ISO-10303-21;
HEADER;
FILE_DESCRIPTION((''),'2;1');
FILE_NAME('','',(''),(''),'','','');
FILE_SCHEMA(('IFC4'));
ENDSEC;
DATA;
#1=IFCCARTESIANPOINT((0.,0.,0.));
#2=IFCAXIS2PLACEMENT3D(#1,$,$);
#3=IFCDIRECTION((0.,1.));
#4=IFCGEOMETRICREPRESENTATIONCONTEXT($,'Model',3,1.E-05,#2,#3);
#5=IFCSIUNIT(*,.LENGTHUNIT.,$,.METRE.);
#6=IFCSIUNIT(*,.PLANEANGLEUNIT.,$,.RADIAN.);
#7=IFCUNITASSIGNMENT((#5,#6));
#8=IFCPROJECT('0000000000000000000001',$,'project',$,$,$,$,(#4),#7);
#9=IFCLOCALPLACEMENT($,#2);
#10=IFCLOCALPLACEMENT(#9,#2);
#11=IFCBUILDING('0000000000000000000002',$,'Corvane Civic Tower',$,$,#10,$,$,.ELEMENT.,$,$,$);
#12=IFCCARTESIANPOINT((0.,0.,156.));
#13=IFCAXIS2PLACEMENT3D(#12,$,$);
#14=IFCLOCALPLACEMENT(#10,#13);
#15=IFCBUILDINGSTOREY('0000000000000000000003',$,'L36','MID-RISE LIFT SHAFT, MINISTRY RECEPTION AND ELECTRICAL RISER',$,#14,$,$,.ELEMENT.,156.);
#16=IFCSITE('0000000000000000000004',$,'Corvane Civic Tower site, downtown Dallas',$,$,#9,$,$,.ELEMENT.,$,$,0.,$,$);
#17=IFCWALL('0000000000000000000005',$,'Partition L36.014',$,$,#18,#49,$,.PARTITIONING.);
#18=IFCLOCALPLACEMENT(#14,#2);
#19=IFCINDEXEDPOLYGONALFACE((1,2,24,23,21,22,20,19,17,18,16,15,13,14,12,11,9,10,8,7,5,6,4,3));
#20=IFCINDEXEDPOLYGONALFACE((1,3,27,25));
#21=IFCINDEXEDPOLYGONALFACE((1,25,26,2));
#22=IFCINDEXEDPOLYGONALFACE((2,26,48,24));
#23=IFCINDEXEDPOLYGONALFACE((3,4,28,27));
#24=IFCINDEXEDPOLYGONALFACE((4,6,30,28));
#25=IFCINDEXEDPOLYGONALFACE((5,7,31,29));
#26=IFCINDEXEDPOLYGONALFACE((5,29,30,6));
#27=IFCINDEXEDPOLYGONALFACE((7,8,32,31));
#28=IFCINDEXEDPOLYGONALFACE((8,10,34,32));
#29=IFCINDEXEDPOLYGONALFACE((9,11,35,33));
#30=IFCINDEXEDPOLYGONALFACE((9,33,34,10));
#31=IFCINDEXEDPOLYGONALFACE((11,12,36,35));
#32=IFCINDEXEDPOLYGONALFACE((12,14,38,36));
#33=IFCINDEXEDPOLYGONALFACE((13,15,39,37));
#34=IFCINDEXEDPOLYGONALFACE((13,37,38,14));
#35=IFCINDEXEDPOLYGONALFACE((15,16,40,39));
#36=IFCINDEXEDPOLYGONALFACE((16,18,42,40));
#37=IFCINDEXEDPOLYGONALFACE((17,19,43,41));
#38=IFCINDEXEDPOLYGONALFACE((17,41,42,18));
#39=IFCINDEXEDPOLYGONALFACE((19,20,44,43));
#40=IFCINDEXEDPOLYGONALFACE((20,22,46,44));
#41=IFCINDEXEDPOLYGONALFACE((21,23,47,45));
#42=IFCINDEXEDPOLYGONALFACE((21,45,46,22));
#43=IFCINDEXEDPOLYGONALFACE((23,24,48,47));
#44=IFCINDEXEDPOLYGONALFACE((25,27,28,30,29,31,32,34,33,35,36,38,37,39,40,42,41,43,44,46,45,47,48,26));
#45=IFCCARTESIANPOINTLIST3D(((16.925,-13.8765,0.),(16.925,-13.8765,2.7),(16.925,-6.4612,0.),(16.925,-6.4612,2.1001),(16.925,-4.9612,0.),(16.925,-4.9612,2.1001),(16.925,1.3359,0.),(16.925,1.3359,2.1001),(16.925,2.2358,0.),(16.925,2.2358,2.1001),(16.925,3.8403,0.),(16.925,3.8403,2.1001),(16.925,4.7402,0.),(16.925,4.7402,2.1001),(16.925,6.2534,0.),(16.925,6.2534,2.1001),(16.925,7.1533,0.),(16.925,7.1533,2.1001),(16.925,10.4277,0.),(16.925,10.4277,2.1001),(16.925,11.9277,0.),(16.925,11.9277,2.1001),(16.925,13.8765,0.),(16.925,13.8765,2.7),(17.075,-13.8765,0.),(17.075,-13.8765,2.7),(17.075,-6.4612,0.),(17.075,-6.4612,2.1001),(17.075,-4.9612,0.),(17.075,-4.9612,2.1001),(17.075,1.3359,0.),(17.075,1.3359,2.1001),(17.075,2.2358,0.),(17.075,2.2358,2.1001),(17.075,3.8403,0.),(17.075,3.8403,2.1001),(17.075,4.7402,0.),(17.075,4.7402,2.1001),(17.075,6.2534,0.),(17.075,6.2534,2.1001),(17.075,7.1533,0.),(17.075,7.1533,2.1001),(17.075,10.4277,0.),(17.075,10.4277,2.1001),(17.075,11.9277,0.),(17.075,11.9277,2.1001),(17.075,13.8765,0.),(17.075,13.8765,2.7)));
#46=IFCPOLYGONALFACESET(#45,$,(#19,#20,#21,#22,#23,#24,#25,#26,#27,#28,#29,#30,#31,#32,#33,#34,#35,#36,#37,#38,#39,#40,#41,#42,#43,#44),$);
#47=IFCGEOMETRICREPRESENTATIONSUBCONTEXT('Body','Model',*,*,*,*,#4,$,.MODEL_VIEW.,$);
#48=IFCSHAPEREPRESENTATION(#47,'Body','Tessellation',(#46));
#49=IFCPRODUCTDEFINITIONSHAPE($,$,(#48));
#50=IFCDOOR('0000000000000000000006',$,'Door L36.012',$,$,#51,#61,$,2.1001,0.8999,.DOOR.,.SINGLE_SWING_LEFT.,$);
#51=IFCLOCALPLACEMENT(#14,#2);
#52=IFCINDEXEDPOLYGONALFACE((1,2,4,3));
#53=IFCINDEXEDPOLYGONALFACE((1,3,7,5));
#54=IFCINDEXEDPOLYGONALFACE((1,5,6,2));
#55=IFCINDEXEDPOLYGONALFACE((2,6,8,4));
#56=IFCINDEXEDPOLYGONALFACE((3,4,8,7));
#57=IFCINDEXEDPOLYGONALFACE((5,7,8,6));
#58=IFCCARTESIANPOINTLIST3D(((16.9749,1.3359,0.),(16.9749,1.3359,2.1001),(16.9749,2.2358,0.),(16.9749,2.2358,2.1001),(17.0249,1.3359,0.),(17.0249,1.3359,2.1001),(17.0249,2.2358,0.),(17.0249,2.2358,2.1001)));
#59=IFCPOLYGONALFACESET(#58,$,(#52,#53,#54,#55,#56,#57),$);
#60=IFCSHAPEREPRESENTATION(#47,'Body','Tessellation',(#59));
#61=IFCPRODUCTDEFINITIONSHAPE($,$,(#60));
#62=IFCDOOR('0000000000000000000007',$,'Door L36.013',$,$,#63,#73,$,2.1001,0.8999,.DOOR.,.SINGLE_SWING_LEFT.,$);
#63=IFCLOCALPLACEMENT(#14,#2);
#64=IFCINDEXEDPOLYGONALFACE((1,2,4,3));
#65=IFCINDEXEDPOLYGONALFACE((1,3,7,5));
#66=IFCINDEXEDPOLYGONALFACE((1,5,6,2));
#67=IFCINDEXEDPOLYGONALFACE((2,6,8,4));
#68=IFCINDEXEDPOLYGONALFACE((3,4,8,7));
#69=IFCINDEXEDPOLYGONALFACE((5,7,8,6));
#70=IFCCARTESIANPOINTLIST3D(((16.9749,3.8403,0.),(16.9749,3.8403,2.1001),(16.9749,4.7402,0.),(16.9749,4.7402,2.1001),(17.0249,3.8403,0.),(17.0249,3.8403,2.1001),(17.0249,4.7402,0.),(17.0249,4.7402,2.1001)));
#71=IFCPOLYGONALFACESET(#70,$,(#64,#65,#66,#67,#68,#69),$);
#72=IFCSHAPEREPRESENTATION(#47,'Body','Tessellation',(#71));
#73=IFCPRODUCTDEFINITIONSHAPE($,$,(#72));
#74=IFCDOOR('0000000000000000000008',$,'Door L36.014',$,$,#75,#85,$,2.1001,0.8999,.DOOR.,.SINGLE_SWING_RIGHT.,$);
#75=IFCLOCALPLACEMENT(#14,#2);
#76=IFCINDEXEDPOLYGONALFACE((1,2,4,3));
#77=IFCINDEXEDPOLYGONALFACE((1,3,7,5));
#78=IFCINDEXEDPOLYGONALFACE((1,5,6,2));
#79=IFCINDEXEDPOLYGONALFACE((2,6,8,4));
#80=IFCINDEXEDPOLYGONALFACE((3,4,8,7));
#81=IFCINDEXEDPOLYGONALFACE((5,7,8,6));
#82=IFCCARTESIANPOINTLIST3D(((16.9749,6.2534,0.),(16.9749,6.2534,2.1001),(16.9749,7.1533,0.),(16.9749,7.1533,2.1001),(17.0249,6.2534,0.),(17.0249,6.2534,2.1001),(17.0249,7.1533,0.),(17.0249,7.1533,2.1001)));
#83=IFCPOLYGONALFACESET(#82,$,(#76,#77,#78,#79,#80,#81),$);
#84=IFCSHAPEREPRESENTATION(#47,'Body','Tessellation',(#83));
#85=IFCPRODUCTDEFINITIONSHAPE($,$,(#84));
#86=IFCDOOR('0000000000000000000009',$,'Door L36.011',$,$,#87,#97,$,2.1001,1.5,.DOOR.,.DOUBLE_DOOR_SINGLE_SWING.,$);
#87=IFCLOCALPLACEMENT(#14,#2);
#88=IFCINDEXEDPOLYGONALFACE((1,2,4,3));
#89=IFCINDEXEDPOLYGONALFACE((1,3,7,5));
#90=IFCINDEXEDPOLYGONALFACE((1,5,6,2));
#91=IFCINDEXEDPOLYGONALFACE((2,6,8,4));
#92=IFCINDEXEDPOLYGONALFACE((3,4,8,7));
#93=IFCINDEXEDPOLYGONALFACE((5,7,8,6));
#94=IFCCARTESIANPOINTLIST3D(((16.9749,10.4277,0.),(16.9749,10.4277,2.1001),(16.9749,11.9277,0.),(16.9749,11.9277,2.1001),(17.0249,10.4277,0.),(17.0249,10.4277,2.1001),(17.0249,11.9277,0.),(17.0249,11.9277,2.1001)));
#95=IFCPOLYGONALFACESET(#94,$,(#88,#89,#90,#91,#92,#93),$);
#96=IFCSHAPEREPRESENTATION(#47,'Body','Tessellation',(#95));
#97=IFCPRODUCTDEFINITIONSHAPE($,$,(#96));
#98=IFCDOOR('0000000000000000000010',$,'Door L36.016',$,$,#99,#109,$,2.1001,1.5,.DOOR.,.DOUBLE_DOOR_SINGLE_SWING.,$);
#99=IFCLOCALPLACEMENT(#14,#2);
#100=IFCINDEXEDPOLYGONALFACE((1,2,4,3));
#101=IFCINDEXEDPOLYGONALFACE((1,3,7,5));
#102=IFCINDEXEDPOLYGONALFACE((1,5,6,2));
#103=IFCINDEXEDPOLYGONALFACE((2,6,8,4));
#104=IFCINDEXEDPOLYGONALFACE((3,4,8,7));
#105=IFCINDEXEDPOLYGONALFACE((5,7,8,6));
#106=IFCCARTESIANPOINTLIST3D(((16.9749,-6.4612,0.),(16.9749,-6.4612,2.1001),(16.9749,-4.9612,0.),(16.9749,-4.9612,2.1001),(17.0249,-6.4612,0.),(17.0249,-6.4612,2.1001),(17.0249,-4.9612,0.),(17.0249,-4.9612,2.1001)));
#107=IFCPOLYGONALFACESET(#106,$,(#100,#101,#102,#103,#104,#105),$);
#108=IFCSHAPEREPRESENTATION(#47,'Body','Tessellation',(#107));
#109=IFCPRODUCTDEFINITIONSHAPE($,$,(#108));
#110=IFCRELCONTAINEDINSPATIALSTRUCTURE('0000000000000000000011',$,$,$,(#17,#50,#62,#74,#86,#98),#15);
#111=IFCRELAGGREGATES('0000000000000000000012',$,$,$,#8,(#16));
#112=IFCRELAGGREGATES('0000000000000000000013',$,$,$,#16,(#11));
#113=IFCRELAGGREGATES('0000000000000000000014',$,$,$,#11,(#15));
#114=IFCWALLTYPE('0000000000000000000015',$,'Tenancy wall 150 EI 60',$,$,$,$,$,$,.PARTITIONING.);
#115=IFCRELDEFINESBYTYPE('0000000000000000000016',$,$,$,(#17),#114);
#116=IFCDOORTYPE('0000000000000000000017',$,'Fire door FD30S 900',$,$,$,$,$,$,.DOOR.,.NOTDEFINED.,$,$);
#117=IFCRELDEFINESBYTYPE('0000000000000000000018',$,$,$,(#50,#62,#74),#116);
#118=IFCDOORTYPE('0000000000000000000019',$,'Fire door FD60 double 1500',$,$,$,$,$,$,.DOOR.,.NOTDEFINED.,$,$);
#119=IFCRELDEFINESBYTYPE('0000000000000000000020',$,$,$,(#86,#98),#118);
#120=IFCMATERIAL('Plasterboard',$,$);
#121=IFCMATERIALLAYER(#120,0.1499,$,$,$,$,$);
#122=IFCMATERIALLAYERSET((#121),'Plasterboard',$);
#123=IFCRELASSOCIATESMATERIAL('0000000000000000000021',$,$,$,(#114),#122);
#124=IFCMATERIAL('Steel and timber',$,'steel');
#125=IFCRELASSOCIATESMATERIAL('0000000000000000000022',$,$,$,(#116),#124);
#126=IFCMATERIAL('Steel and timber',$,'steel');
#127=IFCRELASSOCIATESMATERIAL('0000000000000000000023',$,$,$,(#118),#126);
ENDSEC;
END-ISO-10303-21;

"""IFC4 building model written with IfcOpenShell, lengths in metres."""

from ifc_helpers import new_model, si_unit, direction, frame, frame_2d, origin, place, context, subcontext, project, spatial, rectangle, extrude, material, layer, layer_set, type_object, element, fill, save


model = new_model("IFC4")

# Units and contexts
model_context = context("Model", 3, precision=1e-05, world=origin(), true_north=direction((0.0, 1.0)))
body_context = subcontext(model_context, "Body", "Model", "MODEL_VIEW")
ifc_project = project(units=[si_unit("LENGTHUNIT", "METRE"), si_unit("PLANEANGLEUNIT", "RADIAN")], contexts=[model_context])

# Site, building, storey
site_placement = place(None, origin())
site = spatial("IfcSite", under=ifc_project, at=site_placement, Name="Corvane Civic Tower site, downtown Dallas", CompositionType="ELEMENT", RefElevation=0.0)
building_placement = place(site_placement, origin())
building = spatial("IfcBuilding", under=site, at=building_placement, Name="Corvane Civic Tower", CompositionType="ELEMENT")
storey_placement = place(building_placement, frame((0.0, 0.0, 156.0)))
storey = spatial("IfcBuildingStorey", under=building, at=storey_placement, Name="L36", Description="MID-RISE LIFT SHAFT, MINISTRY RECEPTION AND ELECTRICAL RISER", CompositionType="ELEMENT", Elevation=156.0)

# Wall, openings, doors
ifc_material_1 = material(Name="Plasterboard")
ifc_layer_1 = layer(ifc_material_1, 0.1499)
ifc_layer_set_1 = layer_set([ifc_layer_1], Name="Plasterboard")
wall_type_1 = type_object("IfcWallType", Name="Tenancy wall 150 EI 60", PredefinedType="PARTITIONING", material=ifc_layer_set_1)
wall_1_placement = place(storey_placement, frame((17.0, -13.8765, 0.0), z_axis=(0.0, 0.0, 1.0), x_axis=(0.0, 1.0, 0.0)))
wall_1 = element("IfcWall", 1, at=wall_1_placement, inside=storey, type_object=wall_type_1, Name="Partition L36.014", PredefinedType="PARTITIONING", context=body_context, shape_type="SweptSolid", body=[
    extrude(rectangle(XDim=27.7529, YDim=0.1499, at=frame_2d((13.8765, 0.0))), origin(), (0.0, 0.0, 1.0), 2.7),
])
opening_1_placement = place(wall_1_placement, frame((24.3042, 0.0, 0.0)))
opening_1 = element("IfcOpeningElement", 2, at=opening_1_placement, cuts=wall_1, PredefinedType="OPENING", context=body_context, shape_type="SweptSolid", body=[
    extrude(rectangle(XDim=1.5, YDim=2.1001, at=frame_2d((0.75, 1.05))), frame((0.0, 0.085, 0.0), z_axis=(0.0, -1.0, 0.0), x_axis=(1.0, 0.0, 0.0)), (0.0, 0.0, 1.0), 0.1699),
])
opening_2_placement = place(wall_1_placement, frame((15.2124, 0.0, 0.0)))
opening_2 = element("IfcOpeningElement", 3, at=opening_2_placement, cuts=wall_1, PredefinedType="OPENING", context=body_context, shape_type="SweptSolid", body=[
    extrude(rectangle(XDim=0.8999, YDim=2.1001, at=frame_2d((0.45, 1.05))), frame((0.0, 0.085, 0.0), z_axis=(0.0, -1.0, 0.0), x_axis=(1.0, 0.0, 0.0)), (0.0, 0.0, 1.0), 0.1699),
])
opening_3_placement = place(wall_1_placement, frame((17.7168, 0.0, 0.0)))
opening_3 = element("IfcOpeningElement", 4, at=opening_3_placement, cuts=wall_1, PredefinedType="OPENING", context=body_context, shape_type="SweptSolid", body=[
    extrude(rectangle(XDim=0.8999, YDim=2.1001, at=frame_2d((0.45, 1.05))), frame((0.0, 0.085, 0.0), z_axis=(0.0, -1.0, 0.0), x_axis=(1.0, 0.0, 0.0)), (0.0, 0.0, 1.0), 0.1699),
])
opening_4_placement = place(wall_1_placement, frame((20.1299, 0.0, 0.0)))
opening_4 = element("IfcOpeningElement", 5, at=opening_4_placement, cuts=wall_1, PredefinedType="OPENING", context=body_context, shape_type="SweptSolid", body=[
    extrude(rectangle(XDim=0.8999, YDim=2.1001, at=frame_2d((0.45, 1.05))), frame((0.0, 0.085, 0.0), z_axis=(0.0, -1.0, 0.0), x_axis=(1.0, 0.0, 0.0)), (0.0, 0.0, 1.0), 0.1699),
])
opening_5_placement = place(wall_1_placement, frame((7.4153, 0.0, 0.0)))
opening_5 = element("IfcOpeningElement", 6, at=opening_5_placement, cuts=wall_1, PredefinedType="OPENING", context=body_context, shape_type="SweptSolid", body=[
    extrude(rectangle(XDim=1.5, YDim=2.1001, at=frame_2d((0.75, 1.05))), frame((0.0, 0.085, 0.0), z_axis=(0.0, -1.0, 0.0), x_axis=(1.0, 0.0, 0.0)), (0.0, 0.0, 1.0), 0.1699),
])
ifc_material_2 = material(Name="Steel and timber", Category="steel")
door_type_1 = type_object("IfcDoorType", Name="Fire door FD30S 900", OperationType="NOTDEFINED", PredefinedType="DOOR", material=ifc_material_2)
door_1_placement = place(opening_2_placement, frame((0.8999, 0.0, 0.0), z_axis=(0.0, 0.0, 1.0), x_axis=(-1.0, 0.0, 0.0)))
door_1 = element("IfcDoor", 7, at=door_1_placement, inside=storey, type_object=door_type_1, Name="Door L36.012", OperationType="SINGLE_SWING_LEFT", OverallHeight=2.1001, OverallWidth=0.8999, PredefinedType="DOOR", context=body_context, shape_type="SweptSolid", body=[
    extrude(rectangle(XDim=0.8999, YDim=2.1001, at=frame_2d((0.45, 1.05))), frame((0.0, 0.0249, 0.0), z_axis=(0.0, -1.0, 0.0), x_axis=(1.0, 0.0, 0.0)), (0.0, 0.0, 1.0), 0.05),
])
fill(opening_2, door_1)
door_2_placement = place(opening_3_placement, frame((0.8999, 0.0, 0.0), z_axis=(0.0, 0.0, 1.0), x_axis=(-1.0, 0.0, 0.0)))
door_2 = element("IfcDoor", 8, at=door_2_placement, inside=storey, type_object=door_type_1, Name="Door L36.013", OperationType="SINGLE_SWING_LEFT", OverallHeight=2.1001, OverallWidth=0.8999, PredefinedType="DOOR", context=body_context, shape_type="SweptSolid", body=[
    extrude(rectangle(XDim=0.8999, YDim=2.1001, at=frame_2d((0.45, 1.05))), frame((0.0, 0.0249, 0.0), z_axis=(0.0, -1.0, 0.0), x_axis=(1.0, 0.0, 0.0)), (0.0, 0.0, 1.0), 0.05),
])
fill(opening_3, door_2)
door_3_placement = place(opening_4_placement, frame((0.8999, 0.0, 0.0), z_axis=(0.0, 0.0, 1.0), x_axis=(-1.0, 0.0, 0.0)))
door_3 = element("IfcDoor", 9, at=door_3_placement, inside=storey, type_object=door_type_1, Name="Door L36.014", OperationType="SINGLE_SWING_RIGHT", OverallHeight=2.1001, OverallWidth=0.8999, PredefinedType="DOOR", context=body_context, shape_type="SweptSolid", body=[
    extrude(rectangle(XDim=0.8999, YDim=2.1001, at=frame_2d((0.45, 1.05))), frame((0.0, 0.0249, 0.0), z_axis=(0.0, -1.0, 0.0), x_axis=(1.0, 0.0, 0.0)), (0.0, 0.0, 1.0), 0.05),
])
fill(opening_4, door_3)
ifc_material_3 = material(Name="Steel and timber", Category="steel")
door_type_2 = type_object("IfcDoorType", Name="Fire door FD60 double 1500", OperationType="NOTDEFINED", PredefinedType="DOOR", material=ifc_material_3)
door_4_placement = place(opening_1_placement, frame((1.5, 0.0, 0.0), z_axis=(0.0, 0.0, 1.0), x_axis=(-1.0, 0.0, 0.0)))
door_4 = element("IfcDoor", 10, at=door_4_placement, inside=storey, type_object=door_type_2, Name="Door L36.011", OperationType="DOUBLE_DOOR_SINGLE_SWING", OverallHeight=2.1001, OverallWidth=1.5, PredefinedType="DOOR", context=body_context, shape_type="SweptSolid", body=[
    extrude(rectangle(XDim=1.5, YDim=2.1001, at=frame_2d((0.75, 1.05))), frame((0.0, 0.0249, 0.0), z_axis=(0.0, -1.0, 0.0), x_axis=(1.0, 0.0, 0.0)), (0.0, 0.0, 1.0), 0.05),
])
fill(opening_1, door_4)
door_5_placement = place(opening_5_placement, frame((1.5, 0.0, 0.0), z_axis=(0.0, 0.0, 1.0), x_axis=(-1.0, 0.0, 0.0)))
door_5 = element("IfcDoor", 11, at=door_5_placement, inside=storey, type_object=door_type_2, Name="Door L36.016", OperationType="DOUBLE_DOOR_SINGLE_SWING", OverallHeight=2.1001, OverallWidth=1.5, PredefinedType="DOOR", context=body_context, shape_type="SweptSolid", body=[
    extrude(rectangle(XDim=1.5, YDim=2.1001, at=frame_2d((0.75, 1.05))), frame((0.0, 0.0249, 0.0), z_axis=(0.0, -1.0, 0.0), x_axis=(1.0, 0.0, 0.0)), (0.0, 0.0, 1.0), 0.05),
])
fill(opening_5, door_5)

save(model, "model.ifc")
